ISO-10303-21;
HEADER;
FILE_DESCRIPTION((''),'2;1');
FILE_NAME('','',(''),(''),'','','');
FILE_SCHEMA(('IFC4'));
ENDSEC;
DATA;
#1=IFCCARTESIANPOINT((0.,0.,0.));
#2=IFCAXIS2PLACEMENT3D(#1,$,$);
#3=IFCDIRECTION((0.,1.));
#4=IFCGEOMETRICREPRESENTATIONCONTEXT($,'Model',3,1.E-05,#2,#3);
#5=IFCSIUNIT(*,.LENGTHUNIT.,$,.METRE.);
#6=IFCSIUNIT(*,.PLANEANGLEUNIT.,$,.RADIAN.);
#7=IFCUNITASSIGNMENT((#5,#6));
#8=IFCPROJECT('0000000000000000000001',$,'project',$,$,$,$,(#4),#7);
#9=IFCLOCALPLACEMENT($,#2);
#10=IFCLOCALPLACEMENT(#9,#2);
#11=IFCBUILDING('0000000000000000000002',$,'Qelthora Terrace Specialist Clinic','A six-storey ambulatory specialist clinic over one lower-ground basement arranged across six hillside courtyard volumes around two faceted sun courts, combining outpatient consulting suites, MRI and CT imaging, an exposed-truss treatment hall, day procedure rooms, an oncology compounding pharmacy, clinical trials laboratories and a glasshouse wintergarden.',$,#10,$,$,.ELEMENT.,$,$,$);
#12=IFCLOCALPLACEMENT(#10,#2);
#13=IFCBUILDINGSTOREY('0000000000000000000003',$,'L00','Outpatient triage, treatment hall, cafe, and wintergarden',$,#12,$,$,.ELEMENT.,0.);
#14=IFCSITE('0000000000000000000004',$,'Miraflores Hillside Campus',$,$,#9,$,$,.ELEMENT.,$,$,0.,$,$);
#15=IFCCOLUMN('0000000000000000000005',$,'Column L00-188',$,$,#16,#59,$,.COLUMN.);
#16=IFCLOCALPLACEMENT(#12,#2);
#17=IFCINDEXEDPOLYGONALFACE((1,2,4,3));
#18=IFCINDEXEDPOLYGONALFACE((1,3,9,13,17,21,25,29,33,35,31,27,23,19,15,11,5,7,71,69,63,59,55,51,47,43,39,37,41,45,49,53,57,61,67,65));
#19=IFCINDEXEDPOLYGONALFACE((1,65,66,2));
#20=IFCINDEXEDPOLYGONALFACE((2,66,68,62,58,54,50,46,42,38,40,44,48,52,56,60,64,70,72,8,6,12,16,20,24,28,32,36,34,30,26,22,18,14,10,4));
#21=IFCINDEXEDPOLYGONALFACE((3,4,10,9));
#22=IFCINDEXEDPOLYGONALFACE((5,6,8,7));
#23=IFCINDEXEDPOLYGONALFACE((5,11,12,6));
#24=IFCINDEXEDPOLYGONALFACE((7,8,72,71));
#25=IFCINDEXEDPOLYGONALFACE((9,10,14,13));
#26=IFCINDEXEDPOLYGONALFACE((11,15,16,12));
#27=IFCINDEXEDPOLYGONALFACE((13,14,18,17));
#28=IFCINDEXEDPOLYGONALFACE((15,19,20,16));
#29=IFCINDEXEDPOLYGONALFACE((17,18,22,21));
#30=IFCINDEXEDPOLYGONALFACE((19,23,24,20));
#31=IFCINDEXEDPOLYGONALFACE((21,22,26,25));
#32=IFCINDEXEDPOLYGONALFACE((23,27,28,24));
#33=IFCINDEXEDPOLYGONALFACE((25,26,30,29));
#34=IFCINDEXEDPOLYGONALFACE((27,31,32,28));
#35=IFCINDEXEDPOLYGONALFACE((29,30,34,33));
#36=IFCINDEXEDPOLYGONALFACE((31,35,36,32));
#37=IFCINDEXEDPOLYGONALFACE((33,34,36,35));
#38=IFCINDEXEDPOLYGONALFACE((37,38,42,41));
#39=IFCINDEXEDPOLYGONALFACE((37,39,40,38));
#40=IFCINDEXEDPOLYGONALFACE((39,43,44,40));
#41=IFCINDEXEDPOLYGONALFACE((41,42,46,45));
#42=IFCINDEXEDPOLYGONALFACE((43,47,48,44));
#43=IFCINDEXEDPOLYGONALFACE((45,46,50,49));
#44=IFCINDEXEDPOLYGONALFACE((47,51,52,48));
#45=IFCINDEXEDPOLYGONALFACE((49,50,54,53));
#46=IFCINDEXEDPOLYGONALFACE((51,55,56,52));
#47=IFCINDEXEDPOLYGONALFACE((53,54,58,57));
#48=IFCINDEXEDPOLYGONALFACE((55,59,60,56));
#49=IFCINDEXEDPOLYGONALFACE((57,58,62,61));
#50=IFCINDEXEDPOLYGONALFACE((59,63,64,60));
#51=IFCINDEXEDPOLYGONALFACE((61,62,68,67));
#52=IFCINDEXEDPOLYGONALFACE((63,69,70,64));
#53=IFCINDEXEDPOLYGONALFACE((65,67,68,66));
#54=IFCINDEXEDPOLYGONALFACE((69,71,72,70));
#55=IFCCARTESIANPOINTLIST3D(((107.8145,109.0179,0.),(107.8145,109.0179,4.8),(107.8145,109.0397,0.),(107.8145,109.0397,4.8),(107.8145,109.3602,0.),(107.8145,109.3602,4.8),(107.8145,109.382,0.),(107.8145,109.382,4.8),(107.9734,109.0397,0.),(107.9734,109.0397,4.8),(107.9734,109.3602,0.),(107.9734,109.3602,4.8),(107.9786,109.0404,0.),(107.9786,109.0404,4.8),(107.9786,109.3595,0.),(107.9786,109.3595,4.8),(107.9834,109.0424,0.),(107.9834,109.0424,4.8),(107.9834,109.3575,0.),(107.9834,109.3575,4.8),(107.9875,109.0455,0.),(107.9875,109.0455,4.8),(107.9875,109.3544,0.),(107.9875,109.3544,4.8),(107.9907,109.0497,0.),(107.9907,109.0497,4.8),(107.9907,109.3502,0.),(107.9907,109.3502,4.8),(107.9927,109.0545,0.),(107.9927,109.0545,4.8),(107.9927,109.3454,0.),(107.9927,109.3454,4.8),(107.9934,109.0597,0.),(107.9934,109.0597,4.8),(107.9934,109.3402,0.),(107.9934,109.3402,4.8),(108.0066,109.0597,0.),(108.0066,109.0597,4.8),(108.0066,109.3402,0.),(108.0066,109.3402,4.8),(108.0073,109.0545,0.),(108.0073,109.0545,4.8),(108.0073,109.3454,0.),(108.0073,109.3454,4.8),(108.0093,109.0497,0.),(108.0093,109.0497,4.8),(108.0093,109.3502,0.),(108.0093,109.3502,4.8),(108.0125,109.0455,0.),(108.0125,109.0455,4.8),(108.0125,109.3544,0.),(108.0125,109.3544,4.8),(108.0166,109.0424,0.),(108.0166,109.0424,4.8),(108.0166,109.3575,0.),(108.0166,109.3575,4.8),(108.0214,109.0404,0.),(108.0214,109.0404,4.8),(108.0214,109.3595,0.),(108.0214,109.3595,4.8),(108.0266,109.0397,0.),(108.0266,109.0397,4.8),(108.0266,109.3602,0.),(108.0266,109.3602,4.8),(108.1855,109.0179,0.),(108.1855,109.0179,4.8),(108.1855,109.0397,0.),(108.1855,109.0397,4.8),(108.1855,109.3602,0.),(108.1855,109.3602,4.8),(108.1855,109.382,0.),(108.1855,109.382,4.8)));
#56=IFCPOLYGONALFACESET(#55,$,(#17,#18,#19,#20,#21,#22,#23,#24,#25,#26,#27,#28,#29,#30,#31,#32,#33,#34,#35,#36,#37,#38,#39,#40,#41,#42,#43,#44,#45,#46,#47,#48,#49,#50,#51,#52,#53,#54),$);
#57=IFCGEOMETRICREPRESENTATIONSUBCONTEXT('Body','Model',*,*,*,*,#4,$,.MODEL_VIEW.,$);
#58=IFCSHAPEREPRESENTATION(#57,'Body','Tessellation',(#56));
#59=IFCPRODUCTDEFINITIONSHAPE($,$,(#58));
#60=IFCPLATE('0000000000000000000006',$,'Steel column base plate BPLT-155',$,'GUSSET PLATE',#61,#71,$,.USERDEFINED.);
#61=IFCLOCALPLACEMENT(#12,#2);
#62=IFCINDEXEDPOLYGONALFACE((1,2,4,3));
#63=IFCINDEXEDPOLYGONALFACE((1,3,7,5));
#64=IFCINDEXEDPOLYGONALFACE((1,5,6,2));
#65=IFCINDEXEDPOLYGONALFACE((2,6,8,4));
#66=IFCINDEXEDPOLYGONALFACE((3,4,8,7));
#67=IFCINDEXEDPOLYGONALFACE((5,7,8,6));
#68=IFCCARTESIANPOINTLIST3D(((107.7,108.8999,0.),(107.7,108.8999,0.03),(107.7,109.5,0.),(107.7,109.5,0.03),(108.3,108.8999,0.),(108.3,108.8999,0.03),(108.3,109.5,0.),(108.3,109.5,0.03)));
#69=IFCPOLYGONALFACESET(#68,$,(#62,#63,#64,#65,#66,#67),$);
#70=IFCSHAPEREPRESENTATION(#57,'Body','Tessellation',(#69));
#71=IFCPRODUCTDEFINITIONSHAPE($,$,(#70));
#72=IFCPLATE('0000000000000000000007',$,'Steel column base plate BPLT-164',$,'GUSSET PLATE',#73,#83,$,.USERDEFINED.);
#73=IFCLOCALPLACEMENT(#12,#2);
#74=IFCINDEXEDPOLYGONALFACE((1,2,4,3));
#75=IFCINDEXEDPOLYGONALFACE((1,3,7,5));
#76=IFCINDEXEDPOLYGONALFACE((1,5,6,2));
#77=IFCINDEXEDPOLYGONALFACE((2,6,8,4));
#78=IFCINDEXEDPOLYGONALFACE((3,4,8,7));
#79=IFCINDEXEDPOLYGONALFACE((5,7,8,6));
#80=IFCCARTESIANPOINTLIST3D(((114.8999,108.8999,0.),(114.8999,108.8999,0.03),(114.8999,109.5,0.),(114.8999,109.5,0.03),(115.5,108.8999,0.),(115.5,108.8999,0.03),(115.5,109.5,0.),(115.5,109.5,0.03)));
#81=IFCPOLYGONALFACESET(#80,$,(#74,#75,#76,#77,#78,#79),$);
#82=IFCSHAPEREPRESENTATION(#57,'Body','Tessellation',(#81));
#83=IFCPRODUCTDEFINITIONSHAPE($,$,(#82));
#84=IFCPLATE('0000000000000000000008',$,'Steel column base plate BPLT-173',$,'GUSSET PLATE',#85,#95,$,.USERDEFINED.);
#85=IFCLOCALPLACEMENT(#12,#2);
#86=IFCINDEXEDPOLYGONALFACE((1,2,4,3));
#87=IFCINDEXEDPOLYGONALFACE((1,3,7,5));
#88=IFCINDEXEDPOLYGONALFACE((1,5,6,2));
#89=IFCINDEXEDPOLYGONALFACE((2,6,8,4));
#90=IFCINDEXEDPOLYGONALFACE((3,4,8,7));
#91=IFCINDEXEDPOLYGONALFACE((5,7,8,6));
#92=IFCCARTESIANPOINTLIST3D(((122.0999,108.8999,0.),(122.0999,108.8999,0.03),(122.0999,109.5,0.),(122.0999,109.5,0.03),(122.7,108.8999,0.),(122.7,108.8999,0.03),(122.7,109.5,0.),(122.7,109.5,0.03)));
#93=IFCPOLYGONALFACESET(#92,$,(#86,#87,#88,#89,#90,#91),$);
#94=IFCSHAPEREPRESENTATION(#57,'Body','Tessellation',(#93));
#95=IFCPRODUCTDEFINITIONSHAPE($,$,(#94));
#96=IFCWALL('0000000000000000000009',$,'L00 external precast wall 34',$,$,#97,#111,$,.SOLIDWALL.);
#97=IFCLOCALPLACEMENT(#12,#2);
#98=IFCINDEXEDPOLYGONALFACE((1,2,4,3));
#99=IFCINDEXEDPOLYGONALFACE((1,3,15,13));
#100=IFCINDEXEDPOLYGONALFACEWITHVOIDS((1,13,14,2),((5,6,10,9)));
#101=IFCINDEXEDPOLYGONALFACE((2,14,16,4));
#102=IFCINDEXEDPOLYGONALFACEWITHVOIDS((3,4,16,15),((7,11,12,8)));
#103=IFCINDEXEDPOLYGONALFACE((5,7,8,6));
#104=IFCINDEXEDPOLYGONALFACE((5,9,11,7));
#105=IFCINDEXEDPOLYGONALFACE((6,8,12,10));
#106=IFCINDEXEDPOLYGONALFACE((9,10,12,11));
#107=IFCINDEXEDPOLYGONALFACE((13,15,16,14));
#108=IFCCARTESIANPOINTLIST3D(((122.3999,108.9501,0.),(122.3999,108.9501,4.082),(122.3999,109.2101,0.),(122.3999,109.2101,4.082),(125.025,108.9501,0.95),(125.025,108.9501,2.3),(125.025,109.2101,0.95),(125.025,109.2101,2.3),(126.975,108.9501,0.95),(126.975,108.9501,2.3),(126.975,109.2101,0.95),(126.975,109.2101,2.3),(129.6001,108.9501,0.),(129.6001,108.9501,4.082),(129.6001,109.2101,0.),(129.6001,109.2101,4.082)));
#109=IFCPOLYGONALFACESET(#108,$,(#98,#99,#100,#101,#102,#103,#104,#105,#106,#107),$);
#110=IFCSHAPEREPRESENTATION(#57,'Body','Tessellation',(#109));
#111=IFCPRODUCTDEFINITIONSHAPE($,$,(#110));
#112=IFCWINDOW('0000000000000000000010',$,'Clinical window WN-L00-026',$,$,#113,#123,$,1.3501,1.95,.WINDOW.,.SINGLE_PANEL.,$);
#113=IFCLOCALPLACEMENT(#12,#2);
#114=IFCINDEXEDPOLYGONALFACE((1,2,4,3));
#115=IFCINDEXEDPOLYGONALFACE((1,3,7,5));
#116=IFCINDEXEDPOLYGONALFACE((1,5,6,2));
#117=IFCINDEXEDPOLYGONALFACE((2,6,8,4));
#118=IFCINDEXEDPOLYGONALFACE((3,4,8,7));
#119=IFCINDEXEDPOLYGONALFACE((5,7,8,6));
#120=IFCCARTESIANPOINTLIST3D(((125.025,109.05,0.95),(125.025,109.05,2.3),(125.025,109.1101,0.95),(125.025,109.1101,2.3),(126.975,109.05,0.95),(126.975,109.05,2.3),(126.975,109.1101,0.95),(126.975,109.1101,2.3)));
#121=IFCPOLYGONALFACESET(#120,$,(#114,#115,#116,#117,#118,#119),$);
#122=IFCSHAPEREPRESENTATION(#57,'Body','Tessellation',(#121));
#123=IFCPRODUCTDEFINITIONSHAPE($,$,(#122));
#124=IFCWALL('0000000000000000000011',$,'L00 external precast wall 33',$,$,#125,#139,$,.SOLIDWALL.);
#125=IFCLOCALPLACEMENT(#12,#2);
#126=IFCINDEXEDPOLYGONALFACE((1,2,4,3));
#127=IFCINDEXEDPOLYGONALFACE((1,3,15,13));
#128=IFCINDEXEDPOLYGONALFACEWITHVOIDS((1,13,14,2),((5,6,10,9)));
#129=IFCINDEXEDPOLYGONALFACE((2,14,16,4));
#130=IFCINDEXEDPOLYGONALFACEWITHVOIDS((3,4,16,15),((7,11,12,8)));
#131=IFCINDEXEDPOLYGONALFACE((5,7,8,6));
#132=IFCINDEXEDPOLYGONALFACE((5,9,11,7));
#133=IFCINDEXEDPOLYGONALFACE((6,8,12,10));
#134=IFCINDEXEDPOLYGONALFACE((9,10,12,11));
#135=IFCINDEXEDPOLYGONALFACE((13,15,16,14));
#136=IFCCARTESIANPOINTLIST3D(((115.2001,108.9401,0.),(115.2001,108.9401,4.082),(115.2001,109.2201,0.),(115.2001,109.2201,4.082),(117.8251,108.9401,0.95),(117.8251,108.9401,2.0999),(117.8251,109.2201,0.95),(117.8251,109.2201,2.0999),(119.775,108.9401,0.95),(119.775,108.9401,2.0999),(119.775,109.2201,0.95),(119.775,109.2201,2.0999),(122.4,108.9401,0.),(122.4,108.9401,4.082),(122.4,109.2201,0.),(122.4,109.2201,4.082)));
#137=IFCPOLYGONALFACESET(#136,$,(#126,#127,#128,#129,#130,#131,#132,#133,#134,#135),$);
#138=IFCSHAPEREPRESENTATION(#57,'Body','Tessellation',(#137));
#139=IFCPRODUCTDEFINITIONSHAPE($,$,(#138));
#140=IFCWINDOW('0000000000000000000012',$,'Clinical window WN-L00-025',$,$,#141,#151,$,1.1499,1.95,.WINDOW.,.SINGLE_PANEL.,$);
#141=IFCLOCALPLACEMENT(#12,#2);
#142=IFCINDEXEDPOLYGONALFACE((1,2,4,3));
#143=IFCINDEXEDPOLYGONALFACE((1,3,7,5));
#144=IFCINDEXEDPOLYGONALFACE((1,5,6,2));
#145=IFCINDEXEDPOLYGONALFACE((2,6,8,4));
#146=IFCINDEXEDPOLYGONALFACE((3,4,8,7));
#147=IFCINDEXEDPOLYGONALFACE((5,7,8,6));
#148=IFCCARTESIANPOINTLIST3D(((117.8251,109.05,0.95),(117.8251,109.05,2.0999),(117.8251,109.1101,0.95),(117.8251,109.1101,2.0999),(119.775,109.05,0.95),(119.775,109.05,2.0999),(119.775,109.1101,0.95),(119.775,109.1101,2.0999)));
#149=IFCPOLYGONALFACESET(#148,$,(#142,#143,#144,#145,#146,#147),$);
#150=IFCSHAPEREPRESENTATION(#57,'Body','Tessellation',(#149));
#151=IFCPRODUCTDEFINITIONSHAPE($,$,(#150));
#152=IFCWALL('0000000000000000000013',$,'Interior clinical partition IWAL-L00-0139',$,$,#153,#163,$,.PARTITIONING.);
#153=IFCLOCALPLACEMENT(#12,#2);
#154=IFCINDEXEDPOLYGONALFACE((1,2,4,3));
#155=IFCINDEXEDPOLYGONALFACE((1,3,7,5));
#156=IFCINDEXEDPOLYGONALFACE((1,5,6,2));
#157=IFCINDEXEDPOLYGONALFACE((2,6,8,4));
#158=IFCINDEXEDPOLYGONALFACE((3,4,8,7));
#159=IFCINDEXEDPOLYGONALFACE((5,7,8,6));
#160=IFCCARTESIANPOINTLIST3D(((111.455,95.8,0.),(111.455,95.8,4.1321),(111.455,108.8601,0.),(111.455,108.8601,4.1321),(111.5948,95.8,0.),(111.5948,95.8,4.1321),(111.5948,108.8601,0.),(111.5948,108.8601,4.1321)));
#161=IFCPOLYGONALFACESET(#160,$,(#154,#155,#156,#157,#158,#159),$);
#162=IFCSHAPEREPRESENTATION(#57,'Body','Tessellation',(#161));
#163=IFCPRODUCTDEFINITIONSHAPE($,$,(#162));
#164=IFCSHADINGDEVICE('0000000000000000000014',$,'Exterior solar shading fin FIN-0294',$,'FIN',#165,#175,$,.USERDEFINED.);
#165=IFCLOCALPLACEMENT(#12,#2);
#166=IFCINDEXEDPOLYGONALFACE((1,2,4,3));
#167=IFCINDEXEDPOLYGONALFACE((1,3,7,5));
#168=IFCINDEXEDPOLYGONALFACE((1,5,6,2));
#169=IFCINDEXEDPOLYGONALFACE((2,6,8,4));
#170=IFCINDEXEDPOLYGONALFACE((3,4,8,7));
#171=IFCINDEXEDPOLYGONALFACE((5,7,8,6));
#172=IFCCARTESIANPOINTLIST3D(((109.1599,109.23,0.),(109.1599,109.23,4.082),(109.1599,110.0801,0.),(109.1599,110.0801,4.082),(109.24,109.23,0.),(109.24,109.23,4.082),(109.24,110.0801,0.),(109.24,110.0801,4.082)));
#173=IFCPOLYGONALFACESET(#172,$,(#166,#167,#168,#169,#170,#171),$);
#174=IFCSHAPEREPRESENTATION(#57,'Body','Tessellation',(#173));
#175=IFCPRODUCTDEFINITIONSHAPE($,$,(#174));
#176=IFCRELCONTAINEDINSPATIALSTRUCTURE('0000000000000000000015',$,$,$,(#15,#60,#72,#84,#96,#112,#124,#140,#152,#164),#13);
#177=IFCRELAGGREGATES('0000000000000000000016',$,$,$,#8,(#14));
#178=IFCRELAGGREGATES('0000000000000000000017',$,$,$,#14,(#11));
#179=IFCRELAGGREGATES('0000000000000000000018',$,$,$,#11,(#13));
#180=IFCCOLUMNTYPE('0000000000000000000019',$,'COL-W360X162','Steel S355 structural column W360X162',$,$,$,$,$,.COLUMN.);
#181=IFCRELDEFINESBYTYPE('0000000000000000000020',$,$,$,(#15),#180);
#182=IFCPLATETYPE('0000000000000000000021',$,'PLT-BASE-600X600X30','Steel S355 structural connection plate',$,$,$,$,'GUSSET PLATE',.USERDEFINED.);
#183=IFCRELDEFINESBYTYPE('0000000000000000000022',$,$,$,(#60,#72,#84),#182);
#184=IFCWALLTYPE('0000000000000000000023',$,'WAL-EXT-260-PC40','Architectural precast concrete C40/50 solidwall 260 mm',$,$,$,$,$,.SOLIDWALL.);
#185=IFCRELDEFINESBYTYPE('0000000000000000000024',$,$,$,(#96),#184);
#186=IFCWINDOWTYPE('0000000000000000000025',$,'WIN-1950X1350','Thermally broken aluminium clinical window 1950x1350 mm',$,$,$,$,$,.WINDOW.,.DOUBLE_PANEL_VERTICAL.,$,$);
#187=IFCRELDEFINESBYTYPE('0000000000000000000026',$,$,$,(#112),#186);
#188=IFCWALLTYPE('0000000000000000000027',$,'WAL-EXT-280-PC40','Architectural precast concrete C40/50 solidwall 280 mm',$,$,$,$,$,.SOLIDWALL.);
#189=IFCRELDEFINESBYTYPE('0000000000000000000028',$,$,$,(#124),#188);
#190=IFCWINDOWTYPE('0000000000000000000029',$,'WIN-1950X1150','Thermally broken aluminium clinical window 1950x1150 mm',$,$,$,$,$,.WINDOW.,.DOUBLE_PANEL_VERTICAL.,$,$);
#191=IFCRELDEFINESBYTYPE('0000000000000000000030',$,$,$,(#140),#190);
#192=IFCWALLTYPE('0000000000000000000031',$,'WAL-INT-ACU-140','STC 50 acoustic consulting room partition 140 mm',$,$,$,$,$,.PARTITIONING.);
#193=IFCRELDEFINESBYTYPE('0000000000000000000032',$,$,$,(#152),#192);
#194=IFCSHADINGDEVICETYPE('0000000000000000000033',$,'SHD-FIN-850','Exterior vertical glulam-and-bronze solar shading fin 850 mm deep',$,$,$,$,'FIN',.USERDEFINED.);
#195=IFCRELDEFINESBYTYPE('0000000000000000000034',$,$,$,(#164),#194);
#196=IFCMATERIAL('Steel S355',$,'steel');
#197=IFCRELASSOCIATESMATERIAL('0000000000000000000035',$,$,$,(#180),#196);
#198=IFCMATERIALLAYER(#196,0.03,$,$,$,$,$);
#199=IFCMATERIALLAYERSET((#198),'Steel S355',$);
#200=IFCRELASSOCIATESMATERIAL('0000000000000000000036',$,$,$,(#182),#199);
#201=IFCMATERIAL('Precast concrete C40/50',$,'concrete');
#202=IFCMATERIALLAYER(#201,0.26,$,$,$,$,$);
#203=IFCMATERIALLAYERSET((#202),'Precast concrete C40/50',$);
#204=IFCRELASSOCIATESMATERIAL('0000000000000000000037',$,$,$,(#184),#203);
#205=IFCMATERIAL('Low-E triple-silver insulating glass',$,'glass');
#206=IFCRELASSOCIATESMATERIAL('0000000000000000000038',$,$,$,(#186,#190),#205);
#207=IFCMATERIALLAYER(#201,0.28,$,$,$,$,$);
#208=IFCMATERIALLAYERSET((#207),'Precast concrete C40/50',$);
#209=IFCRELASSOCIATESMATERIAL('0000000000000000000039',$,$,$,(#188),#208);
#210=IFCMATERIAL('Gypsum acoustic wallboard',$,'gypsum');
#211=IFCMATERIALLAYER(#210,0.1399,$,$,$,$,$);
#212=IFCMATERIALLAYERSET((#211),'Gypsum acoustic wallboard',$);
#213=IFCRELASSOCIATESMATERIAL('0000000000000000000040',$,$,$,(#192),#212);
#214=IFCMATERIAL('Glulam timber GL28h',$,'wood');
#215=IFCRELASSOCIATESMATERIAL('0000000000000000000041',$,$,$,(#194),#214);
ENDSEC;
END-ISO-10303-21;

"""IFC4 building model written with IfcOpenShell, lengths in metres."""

from ifc_helpers import new_model, si_unit, direction, frame, frame_2d, origin, origin_2d, place, context, subcontext, project, spatial, rectangle, i_section, extrude, material, layer, layer_set, material_profile, profile_set, type_object, element, fill, save


model = new_model("IFC4")

# Units and contexts
model_context = context("Model", 3, precision=1e-05, world=origin(), true_north=direction((0.0, 1.0)))
body_context = subcontext(model_context, "Body", "Model", "MODEL_VIEW")
ifc_project = project(units=[si_unit("LENGTHUNIT", "METRE"), si_unit("PLANEANGLEUNIT", "RADIAN")], contexts=[model_context])

# Site, building, storey
site_placement = place(None, origin())
site = spatial("IfcSite", under=ifc_project, at=site_placement, Name="Miraflores Hillside Campus", CompositionType="ELEMENT", RefElevation=0.0)
building_placement = place(site_placement, origin())
building = spatial("IfcBuilding", under=site, at=building_placement, Name="Qelthora Terrace Specialist Clinic", Description="A six-storey ambulatory specialist clinic over one lower-ground basement arranged across six hillside courtyard volumes around two faceted sun courts, combining outpatient consulting suites, MRI and CT imaging, an exposed-truss treatment hall, day procedure rooms, an oncology compounding pharmacy, clinical trials laboratories and a glasshouse wintergarden.", CompositionType="ELEMENT")
storey_placement = place(building_placement, origin())
storey = spatial("IfcBuildingStorey", under=building, at=storey_placement, Name="L00", Description="Outpatient triage, treatment hall, cafe, and wintergarden", CompositionType="ELEMENT", Elevation=0.0)

# Column
ifc_material_1 = material(Name="Steel S355", Category="steel")
ifc_material_profile_1 = material_profile(ifc_material_1, i_section(OverallWidth=0.3711, OverallDepth=0.364, WebThickness=0.0132, FlangeThickness=0.0217, FilletRadius=0.02, at=origin_2d()), Name="W360X162")
ifc_profile_set_1 = profile_set([ifc_material_profile_1], Name="Steel S355")
column_type_1 = type_object("IfcColumnType", Name="COL-W360X162", Description="Steel S355 structural column W360X162", PredefinedType="COLUMN", material=ifc_profile_set_1)
column_1_placement = place(storey_placement, frame((108.0, 109.2, 0.0), z_axis=(0.0, 0.0, 1.0), x_axis=(1.0, 0.0, 0.0)))
element("IfcColumn", 1, at=column_1_placement, inside=storey, type_object=column_type_1, Name="Column L00-188", PredefinedType="COLUMN", context=body_context, shape_type="SweptSolid", body=[
    extrude(i_section(OverallWidth=0.3711, OverallDepth=0.364, WebThickness=0.0132, FlangeThickness=0.0217, FilletRadius=0.02, at=origin_2d()), origin(), (0.0, 0.0, 1.0), 4.8),
])

# Plates
ifc_layer_1 = layer(ifc_material_1, 0.03)
ifc_layer_set_1 = layer_set([ifc_layer_1], Name="Steel S355")
plate_type = type_object("IfcPlateType", Name="PLT-BASE-600X600X30", Description="Steel S355 structural connection plate", ElementType="GUSSET PLATE", PredefinedType="USERDEFINED", material=ifc_layer_set_1)
for number, where, z_axis, x_axis, name in (
    (2, (108.0, 109.2, 0.0), (0.0, 0.0, 1.0), (1.0, 0.0, 0.0), "Steel column base plate BPLT-155"),
    (3, (115.2, 109.2, 0.0), (0.0, 0.0, 1.0), (1.0, 0.0, 0.0), "Steel column base plate BPLT-164"),
    (4, (122.3999, 109.2, 0.0), (0.0, 0.0, 1.0), (1.0, 0.0, 0.0), "Steel column base plate BPLT-173"),
):
    element("IfcPlate", number, at=place(storey_placement, frame(where, z_axis=z_axis, x_axis=x_axis)), inside=storey, type_object=plate_type, Name=name, ObjectType="GUSSET PLATE", PredefinedType="USERDEFINED", context=body_context, shape_type="SweptSolid", body=[
        extrude(rectangle(XDim=0.6001, YDim=0.6001, at=origin_2d()), origin(), (0.0, 0.0, 1.0), 0.03),
    ])

# Walls, openings, windows
ifc_material_2 = material(Name="Precast concrete C40/50", Category="concrete")
ifc_layer_2 = layer(ifc_material_2, 0.26)
ifc_layer_set_2 = layer_set([ifc_layer_2], Name="Precast concrete C40/50")
wall_type_1 = type_object("IfcWallType", Name="WAL-EXT-260-PC40", Description="Architectural precast concrete C40/50 solidwall 260 mm", PredefinedType="SOLIDWALL", material=ifc_layer_set_2)
wall_1_placement = place(storey_placement, frame((122.3999, 109.0801, 0.0), z_axis=(0.0, 0.0, 1.0), x_axis=(1.0, 0.0, 0.0)))
wall_1 = element("IfcWall", 5, at=wall_1_placement, inside=storey, type_object=wall_type_1, Name="L00 external precast wall 34", PredefinedType="SOLIDWALL", context=body_context, shape_type="SweptSolid", body=[
    extrude(rectangle(XDim=7.2002, YDim=0.26, at=frame_2d((3.6001, 0.0))), origin(), (0.0, 0.0, 1.0), 4.082),
])
opening_1_placement = place(wall_1_placement, frame((2.625, 0.0, 0.95)))
opening_1 = element("IfcOpeningElement", 6, at=opening_1_placement, cuts=wall_1, PredefinedType="OPENING", context=body_context, shape_type="SweptSolid", body=[
    extrude(rectangle(XDim=1.95, YDim=1.3501, at=frame_2d((0.9751, 0.675))), frame((0.0, 0.1399, 0.0), z_axis=(0.0, -1.0, 0.0), x_axis=(1.0, 0.0, 0.0)), (0.0, 0.0, 1.0), 0.28),
])
ifc_material_3 = material(Name="Low-E triple-silver insulating glass", Category="glass")
window_type_1 = type_object("IfcWindowType", Name="WIN-1950X1350", Description="Thermally broken aluminium clinical window 1950x1350 mm", PartitioningType="DOUBLE_PANEL_VERTICAL", PredefinedType="WINDOW", material=ifc_material_3)
window_1_placement = place(opening_1_placement, origin())
window_1 = element("IfcWindow", 7, at=window_1_placement, inside=storey, type_object=window_type_1, Name="Clinical window WN-L00-026", OverallHeight=1.3501, OverallWidth=1.95, PartitioningType="SINGLE_PANEL", PredefinedType="WINDOW", context=body_context, shape_type="SweptSolid", body=[
    extrude(rectangle(XDim=1.95, YDim=1.3501, at=frame_2d((0.9751, 0.675))), frame((0.0, 0.03, 0.0), z_axis=(0.0, -1.0, 0.0), x_axis=(1.0, 0.0, 0.0)), (0.0, 0.0, 1.0), 0.0601),
])
fill(opening_1, window_1)
ifc_layer_3 = layer(ifc_material_2, 0.28)
ifc_layer_set_3 = layer_set([ifc_layer_3], Name="Precast concrete C40/50")
wall_type_2 = type_object("IfcWallType", Name="WAL-EXT-280-PC40", Description="Architectural precast concrete C40/50 solidwall 280 mm", PredefinedType="SOLIDWALL", material=ifc_layer_set_3)
wall_2_placement = place(storey_placement, frame((115.2, 109.0801, 0.0), z_axis=(0.0, 0.0, 1.0), x_axis=(1.0, 0.0, 0.0)))
wall_2 = element("IfcWall", 8, at=wall_2_placement, inside=storey, type_object=wall_type_2, Name="L00 external precast wall 33", PredefinedType="SOLIDWALL", context=body_context, shape_type="SweptSolid", body=[
    extrude(rectangle(XDim=7.2, YDim=0.28, at=frame_2d((3.6001, 0.0))), origin(), (0.0, 0.0, 1.0), 4.082),
])
opening_2_placement = place(wall_2_placement, frame((2.625, 0.0, 0.95)))
opening_2 = element("IfcOpeningElement", 9, at=opening_2_placement, cuts=wall_2, PredefinedType="OPENING", context=body_context, shape_type="SweptSolid", body=[
    extrude(rectangle(XDim=1.95, YDim=1.1499, at=frame_2d((0.9751, 0.575))), frame((0.0, 0.1499, 0.0), z_axis=(0.0, -1.0, 0.0), x_axis=(1.0, 0.0, 0.0)), (0.0, 0.0, 1.0), 0.3),
])
window_type_2 = type_object("IfcWindowType", Name="WIN-1950X1150", Description="Thermally broken aluminium clinical window 1950x1150 mm", PartitioningType="DOUBLE_PANEL_VERTICAL", PredefinedType="WINDOW", material=ifc_material_3)
window_2_placement = place(opening_2_placement, origin())
window_2 = element("IfcWindow", 10, at=window_2_placement, inside=storey, type_object=window_type_2, Name="Clinical window WN-L00-025", OverallHeight=1.1499, OverallWidth=1.95, PartitioningType="SINGLE_PANEL", PredefinedType="WINDOW", context=body_context, shape_type="SweptSolid", body=[
    extrude(rectangle(XDim=1.95, YDim=1.1499, at=frame_2d((0.9751, 0.575))), frame((0.0, 0.03, 0.0), z_axis=(0.0, -1.0, 0.0), x_axis=(1.0, 0.0, 0.0)), (0.0, 0.0, 1.0), 0.0601),
])
fill(opening_2, window_2)

# Wall
ifc_material_4 = material(Name="Gypsum acoustic wallboard", Category="gypsum")
ifc_layer_4 = layer(ifc_material_4, 0.1399)
ifc_layer_set_4 = layer_set([ifc_layer_4], Name="Gypsum acoustic wallboard")
wall_type_3 = type_object("IfcWallType", Name="WAL-INT-ACU-140", Description="STC 50 acoustic consulting room partition 140 mm", PredefinedType="PARTITIONING", material=ifc_layer_set_4)
wall_3_placement = place(storey_placement, frame((111.5249, 108.8601, 0.0), z_axis=(0.0, 0.0, 1.0), x_axis=(0.0, -1.0, 0.0)))
element("IfcWall", 11, at=wall_3_placement, inside=storey, type_object=wall_type_3, Name="Interior clinical partition IWAL-L00-0139", PredefinedType="PARTITIONING", context=body_context, shape_type="SweptSolid", body=[
    extrude(rectangle(XDim=13.0601, YDim=0.1399, at=frame_2d((6.53, 0.0))), origin(), (0.0, 0.0, 1.0), 4.1321),
])

# Shading device
ifc_material_5 = material(Name="Glulam timber GL28h", Category="wood")
shading_device_type = type_object("IfcShadingDeviceType", Name="SHD-FIN-850", Description="Exterior vertical glulam-and-bronze solar shading fin 850 mm deep", ElementType="FIN", PredefinedType="USERDEFINED", material=ifc_material_5)
for number, where, z_axis, x_axis, name in (
    (12, (109.2, 109.655, 0.0), (0.0, 0.0, 1.0), (0.0, 1.0, 0.0), "Exterior solar shading fin FIN-0294"),
):
    element("IfcShadingDevice", number, at=place(storey_placement, frame(where, z_axis=z_axis, x_axis=x_axis)), inside=storey, type_object=shading_device_type, Name=name, ObjectType="FIN", PredefinedType="USERDEFINED", context=body_context, shape_type="SweptSolid", body=[
        extrude(rectangle(XDim=0.8501, YDim=0.0801, at=origin_2d()), origin(), (0.0, 0.0, 1.0), 4.082),
    ])

save(model, "model.ifc")
